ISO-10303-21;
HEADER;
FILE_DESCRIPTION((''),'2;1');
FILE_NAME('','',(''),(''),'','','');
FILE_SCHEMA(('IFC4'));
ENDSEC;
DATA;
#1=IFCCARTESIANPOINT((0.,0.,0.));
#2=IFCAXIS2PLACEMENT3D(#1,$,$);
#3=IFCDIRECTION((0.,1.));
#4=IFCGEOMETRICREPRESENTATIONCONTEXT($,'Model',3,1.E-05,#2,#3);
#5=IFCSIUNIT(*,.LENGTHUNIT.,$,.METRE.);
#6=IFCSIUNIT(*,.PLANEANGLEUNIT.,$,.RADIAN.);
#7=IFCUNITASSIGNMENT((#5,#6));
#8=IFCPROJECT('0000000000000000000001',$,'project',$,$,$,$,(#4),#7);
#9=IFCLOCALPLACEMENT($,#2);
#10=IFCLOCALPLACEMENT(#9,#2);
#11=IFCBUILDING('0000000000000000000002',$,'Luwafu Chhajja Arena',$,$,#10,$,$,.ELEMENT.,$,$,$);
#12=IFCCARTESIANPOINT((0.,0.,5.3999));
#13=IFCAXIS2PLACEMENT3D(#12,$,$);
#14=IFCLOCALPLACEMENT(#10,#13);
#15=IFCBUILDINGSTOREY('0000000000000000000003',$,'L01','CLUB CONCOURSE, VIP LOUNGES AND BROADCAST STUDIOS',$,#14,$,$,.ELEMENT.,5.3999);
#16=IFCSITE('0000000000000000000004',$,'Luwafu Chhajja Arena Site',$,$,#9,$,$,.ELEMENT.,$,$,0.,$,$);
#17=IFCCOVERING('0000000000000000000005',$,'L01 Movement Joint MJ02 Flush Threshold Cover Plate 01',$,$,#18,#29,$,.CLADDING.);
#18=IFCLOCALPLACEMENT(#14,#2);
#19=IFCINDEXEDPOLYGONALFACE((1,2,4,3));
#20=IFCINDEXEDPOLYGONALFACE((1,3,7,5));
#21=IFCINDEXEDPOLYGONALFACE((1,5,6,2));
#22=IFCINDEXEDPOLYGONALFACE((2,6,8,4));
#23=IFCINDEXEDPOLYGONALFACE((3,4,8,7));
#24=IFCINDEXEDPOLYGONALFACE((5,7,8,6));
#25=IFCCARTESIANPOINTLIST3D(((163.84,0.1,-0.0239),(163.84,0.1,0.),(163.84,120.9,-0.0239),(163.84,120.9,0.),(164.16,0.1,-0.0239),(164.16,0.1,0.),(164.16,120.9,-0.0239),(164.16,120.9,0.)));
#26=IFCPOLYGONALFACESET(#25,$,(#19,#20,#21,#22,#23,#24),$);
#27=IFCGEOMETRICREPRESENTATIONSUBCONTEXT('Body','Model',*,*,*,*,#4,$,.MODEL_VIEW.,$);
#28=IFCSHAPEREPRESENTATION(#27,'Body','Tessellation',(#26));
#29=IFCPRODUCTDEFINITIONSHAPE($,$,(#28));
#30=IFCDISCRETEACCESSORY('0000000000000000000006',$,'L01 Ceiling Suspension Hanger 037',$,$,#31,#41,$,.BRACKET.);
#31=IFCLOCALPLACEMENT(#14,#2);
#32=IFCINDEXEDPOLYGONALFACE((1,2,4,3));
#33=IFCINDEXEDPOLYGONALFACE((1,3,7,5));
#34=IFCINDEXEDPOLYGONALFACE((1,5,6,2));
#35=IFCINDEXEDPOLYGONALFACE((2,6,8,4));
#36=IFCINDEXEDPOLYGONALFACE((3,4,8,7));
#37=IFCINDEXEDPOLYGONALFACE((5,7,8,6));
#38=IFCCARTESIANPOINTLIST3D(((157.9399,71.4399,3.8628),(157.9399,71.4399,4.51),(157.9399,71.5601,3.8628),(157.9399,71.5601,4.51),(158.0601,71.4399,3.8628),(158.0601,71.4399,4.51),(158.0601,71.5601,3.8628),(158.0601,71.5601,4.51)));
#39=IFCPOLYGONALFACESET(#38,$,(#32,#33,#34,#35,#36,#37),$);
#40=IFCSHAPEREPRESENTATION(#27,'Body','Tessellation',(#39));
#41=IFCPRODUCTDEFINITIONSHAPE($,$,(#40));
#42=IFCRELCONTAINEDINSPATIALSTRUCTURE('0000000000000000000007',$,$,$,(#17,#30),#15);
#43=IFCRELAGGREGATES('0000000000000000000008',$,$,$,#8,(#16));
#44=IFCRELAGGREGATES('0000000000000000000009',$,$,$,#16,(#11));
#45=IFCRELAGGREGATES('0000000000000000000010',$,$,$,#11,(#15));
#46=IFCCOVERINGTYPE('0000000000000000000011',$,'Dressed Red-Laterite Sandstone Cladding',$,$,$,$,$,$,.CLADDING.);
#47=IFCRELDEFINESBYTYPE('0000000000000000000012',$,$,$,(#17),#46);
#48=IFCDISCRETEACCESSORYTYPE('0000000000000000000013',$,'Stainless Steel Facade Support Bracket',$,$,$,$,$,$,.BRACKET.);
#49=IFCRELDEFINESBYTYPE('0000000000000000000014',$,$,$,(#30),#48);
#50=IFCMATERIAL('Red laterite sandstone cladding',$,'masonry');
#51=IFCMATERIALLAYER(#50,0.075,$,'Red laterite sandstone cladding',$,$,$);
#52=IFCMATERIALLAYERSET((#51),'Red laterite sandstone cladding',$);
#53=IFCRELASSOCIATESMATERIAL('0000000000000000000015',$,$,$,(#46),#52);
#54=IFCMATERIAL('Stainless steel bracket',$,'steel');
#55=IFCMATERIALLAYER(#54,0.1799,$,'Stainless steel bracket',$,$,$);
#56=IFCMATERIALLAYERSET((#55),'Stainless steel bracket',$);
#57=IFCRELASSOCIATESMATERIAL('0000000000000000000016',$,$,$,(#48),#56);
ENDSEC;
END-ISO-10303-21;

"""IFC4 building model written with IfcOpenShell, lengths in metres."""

from ifc_helpers import new_model, si_unit, direction, frame, origin, origin_2d, place, context, subcontext, project, spatial, rectangle, extrude, material, layer, layer_set, type_object, element, save


model = new_model("IFC4")

# Units and contexts
model_context = context("Model", 3, precision=1e-05, world=origin(), true_north=direction((0.0, 1.0)))
body_context = subcontext(model_context, "Body", "Model", "MODEL_VIEW")
ifc_project = project(units=[si_unit("LENGTHUNIT", "METRE"), si_unit("PLANEANGLEUNIT", "RADIAN")], contexts=[model_context])

# Site, building, storey
site_placement = place(None, origin())
site = spatial("IfcSite", under=ifc_project, at=site_placement, Name="Luwafu Chhajja Arena Site", CompositionType="ELEMENT", RefElevation=0.0)
building_placement = place(site_placement, origin())
building = spatial("IfcBuilding", under=site, at=building_placement, Name="Luwafu Chhajja Arena", CompositionType="ELEMENT")
storey_placement = place(building_placement, frame((0.0, 0.0, 5.3999)))
storey = spatial("IfcBuildingStorey", under=building, at=storey_placement, Name="L01", Description="CLUB CONCOURSE, VIP LOUNGES AND BROADCAST STUDIOS", CompositionType="ELEMENT", Elevation=5.3999)

# Covering
ifc_material_1 = material(Name="Red laterite sandstone cladding", Category="masonry")
ifc_layer_1 = layer(ifc_material_1, 0.075, Name="Red laterite sandstone cladding")
ifc_layer_set_1 = layer_set([ifc_layer_1], Name="Red laterite sandstone cladding")
covering_type = type_object("IfcCoveringType", Name="Dressed Red-Laterite Sandstone Cladding", PredefinedType="CLADDING", material=ifc_layer_set_1)
covering_placement = place(storey_placement, frame((164.0, 60.5, -0.0239), z_axis=(0.0, 0.0, 1.0), x_axis=(1.0, 0.0, 0.0)))
element("IfcCovering", 1, at=covering_placement, inside=storey, type_object=covering_type, Name="L01 Movement Joint MJ02 Flush Threshold Cover Plate 01", PredefinedType="CLADDING", context=body_context, shape_type="SweptSolid", body=[
    extrude(rectangle(XDim=0.3201, YDim=120.8, at=origin_2d()), origin(), (0.0, 0.0, 1.0), 0.0239),
])

# Discrete accessory
ifc_material_2 = material(Name="Stainless steel bracket", Category="steel")
ifc_layer_2 = layer(ifc_material_2, 0.1799, Name="Stainless steel bracket")
ifc_layer_set_2 = layer_set([ifc_layer_2], Name="Stainless steel bracket")
discrete_accessory_type = type_object("IfcDiscreteAccessoryType", Name="Stainless Steel Facade Support Bracket", PredefinedType="BRACKET", material=ifc_layer_set_2)
discrete_accessory_placement = place(storey_placement, frame((158.0, 71.5, 3.8628), z_axis=(0.0, 0.0, 1.0), x_axis=(1.0, 0.0, 0.0)))
element("IfcDiscreteAccessory", 2, at=discrete_accessory_placement, inside=storey, type_object=discrete_accessory_type, Name="L01 Ceiling Suspension Hanger 037", PredefinedType="BRACKET", context=body_context, shape_type="SweptSolid", body=[
    extrude(rectangle(XDim=0.1201, YDim=0.1201, at=origin_2d()), origin(), (0.0, 0.0, 1.0), 0.6472),
])

save(model, "model.ifc")
